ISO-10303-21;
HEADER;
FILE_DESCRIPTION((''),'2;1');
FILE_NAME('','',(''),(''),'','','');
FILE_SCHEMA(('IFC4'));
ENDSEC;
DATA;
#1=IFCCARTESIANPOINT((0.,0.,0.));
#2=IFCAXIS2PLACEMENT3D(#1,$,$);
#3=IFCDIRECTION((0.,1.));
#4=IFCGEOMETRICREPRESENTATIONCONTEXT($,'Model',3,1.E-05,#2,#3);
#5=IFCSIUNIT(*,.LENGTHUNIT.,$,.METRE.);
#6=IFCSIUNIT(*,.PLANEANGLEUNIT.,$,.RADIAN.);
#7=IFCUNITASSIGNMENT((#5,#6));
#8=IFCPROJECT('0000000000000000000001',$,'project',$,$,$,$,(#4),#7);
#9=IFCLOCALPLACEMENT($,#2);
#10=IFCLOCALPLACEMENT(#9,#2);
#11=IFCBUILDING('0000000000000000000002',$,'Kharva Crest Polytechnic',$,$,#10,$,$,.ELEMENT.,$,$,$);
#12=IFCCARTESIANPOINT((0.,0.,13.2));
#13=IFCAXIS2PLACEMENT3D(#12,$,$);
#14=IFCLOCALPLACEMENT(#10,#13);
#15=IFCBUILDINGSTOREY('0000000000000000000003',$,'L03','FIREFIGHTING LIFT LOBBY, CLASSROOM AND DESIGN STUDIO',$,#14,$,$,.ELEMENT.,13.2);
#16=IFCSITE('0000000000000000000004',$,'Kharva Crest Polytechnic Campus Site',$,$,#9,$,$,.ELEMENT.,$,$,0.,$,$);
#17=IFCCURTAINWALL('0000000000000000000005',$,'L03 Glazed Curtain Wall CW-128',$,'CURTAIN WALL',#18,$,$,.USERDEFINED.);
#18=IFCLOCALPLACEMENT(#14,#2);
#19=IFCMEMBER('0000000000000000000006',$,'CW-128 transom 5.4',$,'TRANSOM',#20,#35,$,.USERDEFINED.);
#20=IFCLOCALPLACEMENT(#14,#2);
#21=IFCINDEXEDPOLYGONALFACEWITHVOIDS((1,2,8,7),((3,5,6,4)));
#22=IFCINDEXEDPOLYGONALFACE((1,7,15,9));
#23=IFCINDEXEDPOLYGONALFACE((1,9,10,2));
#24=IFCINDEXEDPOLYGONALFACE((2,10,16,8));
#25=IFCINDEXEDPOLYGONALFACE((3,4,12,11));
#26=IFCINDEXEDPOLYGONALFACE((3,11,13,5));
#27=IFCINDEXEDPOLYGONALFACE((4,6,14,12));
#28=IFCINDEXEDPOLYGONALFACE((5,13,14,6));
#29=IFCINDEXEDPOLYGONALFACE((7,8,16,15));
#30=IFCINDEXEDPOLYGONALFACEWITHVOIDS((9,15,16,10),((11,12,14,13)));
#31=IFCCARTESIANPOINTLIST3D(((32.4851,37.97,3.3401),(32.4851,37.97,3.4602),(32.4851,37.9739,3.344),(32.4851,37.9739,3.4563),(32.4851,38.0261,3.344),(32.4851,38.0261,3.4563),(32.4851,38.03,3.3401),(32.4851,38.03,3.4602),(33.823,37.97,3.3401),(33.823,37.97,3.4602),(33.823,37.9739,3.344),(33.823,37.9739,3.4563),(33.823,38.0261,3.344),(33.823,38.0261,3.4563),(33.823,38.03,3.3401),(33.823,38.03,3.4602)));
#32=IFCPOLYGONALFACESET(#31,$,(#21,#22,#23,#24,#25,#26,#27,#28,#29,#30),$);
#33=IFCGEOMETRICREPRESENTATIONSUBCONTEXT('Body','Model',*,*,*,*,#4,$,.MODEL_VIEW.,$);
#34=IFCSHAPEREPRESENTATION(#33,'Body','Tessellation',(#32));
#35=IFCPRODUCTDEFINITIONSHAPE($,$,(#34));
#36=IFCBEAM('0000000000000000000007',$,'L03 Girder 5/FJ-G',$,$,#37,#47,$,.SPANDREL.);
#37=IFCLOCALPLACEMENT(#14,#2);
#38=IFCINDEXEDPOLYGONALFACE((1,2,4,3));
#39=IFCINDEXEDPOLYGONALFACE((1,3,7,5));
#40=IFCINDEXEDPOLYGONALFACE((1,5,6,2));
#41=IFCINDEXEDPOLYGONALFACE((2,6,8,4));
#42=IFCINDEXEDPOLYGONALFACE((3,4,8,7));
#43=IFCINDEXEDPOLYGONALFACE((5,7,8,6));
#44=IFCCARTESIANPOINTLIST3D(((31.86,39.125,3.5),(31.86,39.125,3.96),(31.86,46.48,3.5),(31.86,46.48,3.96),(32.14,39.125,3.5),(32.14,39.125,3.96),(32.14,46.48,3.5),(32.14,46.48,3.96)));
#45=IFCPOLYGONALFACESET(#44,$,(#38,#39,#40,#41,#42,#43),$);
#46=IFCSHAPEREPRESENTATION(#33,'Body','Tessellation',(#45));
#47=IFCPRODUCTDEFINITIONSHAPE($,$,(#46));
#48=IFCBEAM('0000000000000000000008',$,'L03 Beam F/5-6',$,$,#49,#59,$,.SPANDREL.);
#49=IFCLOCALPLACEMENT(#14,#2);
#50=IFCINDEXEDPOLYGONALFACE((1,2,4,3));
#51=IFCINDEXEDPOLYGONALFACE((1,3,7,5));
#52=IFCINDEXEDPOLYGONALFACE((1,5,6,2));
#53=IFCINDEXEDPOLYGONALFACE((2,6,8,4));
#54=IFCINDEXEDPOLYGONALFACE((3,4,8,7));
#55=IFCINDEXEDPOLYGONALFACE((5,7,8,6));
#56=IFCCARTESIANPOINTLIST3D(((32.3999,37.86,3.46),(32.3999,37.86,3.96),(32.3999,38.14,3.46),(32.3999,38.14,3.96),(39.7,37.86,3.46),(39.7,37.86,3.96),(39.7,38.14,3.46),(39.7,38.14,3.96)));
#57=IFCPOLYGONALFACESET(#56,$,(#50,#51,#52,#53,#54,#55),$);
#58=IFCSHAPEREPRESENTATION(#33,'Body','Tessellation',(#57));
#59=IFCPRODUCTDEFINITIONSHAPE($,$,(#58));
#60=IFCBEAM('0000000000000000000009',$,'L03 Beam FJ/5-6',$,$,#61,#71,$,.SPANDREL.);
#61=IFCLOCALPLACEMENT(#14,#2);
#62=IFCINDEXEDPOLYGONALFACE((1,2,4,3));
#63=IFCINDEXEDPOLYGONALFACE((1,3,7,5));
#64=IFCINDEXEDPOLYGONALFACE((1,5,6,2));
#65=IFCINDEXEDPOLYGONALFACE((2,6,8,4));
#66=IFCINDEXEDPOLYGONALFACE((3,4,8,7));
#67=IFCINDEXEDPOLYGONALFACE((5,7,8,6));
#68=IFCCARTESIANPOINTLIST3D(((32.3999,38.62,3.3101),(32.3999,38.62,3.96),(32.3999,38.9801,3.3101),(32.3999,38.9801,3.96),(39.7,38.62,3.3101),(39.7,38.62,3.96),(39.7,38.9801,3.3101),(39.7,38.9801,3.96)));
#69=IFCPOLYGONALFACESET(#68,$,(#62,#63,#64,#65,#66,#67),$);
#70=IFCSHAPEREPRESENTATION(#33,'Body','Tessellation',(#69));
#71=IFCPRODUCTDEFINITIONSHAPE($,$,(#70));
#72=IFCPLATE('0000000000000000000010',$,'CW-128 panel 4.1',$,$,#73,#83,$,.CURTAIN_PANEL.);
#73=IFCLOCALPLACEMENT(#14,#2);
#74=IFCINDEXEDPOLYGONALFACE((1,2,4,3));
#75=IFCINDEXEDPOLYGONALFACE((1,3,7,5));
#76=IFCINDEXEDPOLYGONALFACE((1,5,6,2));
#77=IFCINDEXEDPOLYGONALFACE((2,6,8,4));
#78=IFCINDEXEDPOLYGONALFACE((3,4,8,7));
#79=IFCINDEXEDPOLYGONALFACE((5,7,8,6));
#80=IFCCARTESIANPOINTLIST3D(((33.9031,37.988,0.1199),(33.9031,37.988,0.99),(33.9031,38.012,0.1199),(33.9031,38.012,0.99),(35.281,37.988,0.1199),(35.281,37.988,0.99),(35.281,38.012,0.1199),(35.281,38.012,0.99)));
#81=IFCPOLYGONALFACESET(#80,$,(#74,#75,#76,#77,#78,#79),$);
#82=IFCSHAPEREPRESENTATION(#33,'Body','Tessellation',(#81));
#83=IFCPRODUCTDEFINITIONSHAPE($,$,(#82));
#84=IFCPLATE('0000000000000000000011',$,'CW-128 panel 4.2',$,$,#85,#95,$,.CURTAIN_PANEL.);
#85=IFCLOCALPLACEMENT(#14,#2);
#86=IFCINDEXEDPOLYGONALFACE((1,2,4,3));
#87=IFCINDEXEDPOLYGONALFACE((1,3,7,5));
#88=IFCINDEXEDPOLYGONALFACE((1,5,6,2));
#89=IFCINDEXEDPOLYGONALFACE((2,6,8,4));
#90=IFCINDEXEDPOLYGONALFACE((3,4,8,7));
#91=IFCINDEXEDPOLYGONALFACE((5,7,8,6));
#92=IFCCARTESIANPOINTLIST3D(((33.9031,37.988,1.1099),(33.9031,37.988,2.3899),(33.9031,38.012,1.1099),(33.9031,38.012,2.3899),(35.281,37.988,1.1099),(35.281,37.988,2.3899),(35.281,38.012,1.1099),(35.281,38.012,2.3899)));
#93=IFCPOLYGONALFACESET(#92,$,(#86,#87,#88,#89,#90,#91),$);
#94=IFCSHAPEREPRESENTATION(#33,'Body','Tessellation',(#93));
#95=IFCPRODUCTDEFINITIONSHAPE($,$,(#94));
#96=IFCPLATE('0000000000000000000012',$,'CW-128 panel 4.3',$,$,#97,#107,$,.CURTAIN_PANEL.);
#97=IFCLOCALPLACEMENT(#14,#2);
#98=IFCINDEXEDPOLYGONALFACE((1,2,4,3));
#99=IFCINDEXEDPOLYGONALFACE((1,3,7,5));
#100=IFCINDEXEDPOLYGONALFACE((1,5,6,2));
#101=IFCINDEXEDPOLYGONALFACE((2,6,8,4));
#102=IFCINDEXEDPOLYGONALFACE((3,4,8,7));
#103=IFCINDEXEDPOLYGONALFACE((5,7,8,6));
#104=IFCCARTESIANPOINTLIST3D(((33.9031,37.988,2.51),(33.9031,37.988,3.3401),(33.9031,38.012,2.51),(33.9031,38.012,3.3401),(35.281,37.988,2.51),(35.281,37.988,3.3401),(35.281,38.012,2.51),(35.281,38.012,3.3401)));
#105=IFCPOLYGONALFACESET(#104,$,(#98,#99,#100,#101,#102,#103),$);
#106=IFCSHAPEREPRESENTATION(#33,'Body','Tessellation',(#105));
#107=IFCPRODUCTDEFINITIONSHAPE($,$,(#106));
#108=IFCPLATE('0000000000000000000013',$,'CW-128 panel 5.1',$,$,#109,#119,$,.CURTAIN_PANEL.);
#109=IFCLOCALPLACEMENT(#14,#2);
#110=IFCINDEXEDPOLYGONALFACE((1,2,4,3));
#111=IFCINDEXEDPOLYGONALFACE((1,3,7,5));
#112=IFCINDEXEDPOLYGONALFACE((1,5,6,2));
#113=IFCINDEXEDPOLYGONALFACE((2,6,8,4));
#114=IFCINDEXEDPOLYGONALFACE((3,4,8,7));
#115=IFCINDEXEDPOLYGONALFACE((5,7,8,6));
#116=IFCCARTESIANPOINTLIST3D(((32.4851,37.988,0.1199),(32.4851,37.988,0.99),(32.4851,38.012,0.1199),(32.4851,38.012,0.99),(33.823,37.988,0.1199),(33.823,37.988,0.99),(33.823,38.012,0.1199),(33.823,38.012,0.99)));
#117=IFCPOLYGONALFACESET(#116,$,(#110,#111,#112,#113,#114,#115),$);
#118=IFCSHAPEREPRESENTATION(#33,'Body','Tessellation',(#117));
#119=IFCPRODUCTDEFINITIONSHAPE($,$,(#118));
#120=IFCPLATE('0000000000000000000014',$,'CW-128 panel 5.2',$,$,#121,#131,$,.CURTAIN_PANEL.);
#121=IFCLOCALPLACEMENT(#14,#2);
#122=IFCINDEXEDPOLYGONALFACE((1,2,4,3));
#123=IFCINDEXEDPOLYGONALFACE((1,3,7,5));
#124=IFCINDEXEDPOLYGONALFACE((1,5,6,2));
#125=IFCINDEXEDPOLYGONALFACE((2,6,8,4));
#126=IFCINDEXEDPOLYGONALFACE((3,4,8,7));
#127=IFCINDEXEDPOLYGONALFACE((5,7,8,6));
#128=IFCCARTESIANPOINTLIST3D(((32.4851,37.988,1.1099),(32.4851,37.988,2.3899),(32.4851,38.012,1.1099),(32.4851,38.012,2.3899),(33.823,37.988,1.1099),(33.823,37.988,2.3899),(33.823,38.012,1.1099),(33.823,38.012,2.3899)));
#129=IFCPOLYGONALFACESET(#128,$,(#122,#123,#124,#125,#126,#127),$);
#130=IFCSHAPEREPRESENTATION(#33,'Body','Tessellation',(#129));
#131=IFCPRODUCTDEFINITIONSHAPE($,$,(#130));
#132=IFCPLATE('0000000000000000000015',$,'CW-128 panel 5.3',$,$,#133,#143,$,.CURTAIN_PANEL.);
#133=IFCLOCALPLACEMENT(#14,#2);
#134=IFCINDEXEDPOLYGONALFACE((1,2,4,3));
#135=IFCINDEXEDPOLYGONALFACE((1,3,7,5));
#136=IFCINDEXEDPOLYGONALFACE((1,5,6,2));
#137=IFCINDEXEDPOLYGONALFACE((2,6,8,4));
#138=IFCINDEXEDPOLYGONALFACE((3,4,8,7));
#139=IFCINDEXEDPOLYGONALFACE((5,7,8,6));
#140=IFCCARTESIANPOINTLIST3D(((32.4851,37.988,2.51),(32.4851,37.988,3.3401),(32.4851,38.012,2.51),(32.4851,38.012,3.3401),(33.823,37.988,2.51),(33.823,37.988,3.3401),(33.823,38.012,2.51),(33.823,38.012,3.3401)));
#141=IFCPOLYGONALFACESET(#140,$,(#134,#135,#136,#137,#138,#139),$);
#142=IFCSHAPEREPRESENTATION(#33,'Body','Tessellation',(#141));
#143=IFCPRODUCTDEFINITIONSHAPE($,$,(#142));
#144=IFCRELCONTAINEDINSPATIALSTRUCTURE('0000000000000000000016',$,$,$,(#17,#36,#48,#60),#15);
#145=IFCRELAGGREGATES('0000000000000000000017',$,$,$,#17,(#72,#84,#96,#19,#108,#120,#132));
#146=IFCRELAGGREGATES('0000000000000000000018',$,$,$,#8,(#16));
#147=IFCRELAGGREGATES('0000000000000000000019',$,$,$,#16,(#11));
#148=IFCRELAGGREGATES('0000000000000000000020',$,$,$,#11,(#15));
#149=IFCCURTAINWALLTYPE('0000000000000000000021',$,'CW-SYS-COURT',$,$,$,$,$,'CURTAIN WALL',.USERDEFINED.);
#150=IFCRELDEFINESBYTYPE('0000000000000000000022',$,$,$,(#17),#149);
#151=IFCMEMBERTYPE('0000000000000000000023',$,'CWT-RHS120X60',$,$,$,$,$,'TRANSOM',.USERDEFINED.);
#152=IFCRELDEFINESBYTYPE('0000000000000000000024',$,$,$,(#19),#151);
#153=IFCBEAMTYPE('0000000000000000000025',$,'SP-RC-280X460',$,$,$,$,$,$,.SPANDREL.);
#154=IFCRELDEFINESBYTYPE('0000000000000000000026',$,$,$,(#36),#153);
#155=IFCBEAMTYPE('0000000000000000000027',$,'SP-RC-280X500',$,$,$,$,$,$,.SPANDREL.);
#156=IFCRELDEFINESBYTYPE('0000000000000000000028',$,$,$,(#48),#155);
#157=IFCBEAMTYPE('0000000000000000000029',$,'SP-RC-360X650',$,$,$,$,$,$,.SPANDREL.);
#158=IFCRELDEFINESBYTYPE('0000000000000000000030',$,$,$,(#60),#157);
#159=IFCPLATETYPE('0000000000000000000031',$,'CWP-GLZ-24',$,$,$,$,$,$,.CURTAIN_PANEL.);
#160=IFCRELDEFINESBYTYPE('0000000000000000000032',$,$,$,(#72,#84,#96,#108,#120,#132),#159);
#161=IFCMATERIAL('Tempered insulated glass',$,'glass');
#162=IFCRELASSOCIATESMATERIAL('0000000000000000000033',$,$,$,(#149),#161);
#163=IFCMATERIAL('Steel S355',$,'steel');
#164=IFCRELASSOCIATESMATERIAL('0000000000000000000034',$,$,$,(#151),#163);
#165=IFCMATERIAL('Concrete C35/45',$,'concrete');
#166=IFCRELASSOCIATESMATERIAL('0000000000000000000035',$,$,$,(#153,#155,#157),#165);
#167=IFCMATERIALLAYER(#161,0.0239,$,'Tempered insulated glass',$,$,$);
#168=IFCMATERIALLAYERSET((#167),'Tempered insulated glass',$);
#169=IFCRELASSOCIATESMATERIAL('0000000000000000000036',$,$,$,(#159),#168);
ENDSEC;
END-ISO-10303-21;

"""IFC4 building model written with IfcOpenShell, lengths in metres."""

from ifc_helpers import new_model, si_unit, direction, frame, origin, origin_2d, place, context, subcontext, project, spatial, rectangle, hollow_rectangle, extrude, material, layer, layer_set, material_profile, profile_set, type_object, element, aggregate, save


model = new_model("IFC4")

# Units and contexts
model_context = context("Model", 3, precision=1e-05, world=origin(), true_north=direction((0.0, 1.0)))
body_context = subcontext(model_context, "Body", "Model", "MODEL_VIEW")
ifc_project = project(units=[si_unit("LENGTHUNIT", "METRE"), si_unit("PLANEANGLEUNIT", "RADIAN")], contexts=[model_context])

# Site, building, storey
site_placement = place(None, origin())
site = spatial("IfcSite", under=ifc_project, at=site_placement, Name="Kharva Crest Polytechnic Campus Site", CompositionType="ELEMENT", RefElevation=0.0)
building_placement = place(site_placement, origin())
building = spatial("IfcBuilding", under=site, at=building_placement, Name="Kharva Crest Polytechnic", CompositionType="ELEMENT")
storey_placement = place(building_placement, frame((0.0, 0.0, 13.2)))
storey = spatial("IfcBuildingStorey", under=building, at=storey_placement, Name="L03", Description="FIREFIGHTING LIFT LOBBY, CLASSROOM AND DESIGN STUDIO", CompositionType="ELEMENT", Elevation=13.2)

# Curtain wall
ifc_material_1 = material(Name="Tempered insulated glass", Category="glass")
curtain_wall_type = type_object("IfcCurtainWallType", Name="CW-SYS-COURT", ElementType="CURTAIN WALL", PredefinedType="USERDEFINED", material=ifc_material_1)
curtain_wall_1_placement = place(storey_placement, origin())
curtain_wall_1 = element("IfcCurtainWall", 1, at=curtain_wall_1_placement, inside=storey, type_object=curtain_wall_type, Name="L03 Glazed Curtain Wall CW-128", ObjectType="CURTAIN WALL", PredefinedType="USERDEFINED")
ifc_material_2 = material(Name="Steel S355", Category="steel")

# Member
ifc_material_profile_1 = material_profile(ifc_material_2, hollow_rectangle(XDim=0.0601, YDim=0.1201, WallThickness=0.0039, at=origin_2d()), Name="RHS 120X60X4.0")
ifc_profile_set_1 = profile_set([ifc_material_profile_1], Name="Steel S355")
member_type_1 = type_object("IfcMemberType", Name="CWT-RHS120X60", ElementType="TRANSOM", PredefinedType="USERDEFINED", material=ifc_profile_set_1)
member_1_placement = place(storey_placement, frame((33.823, 38.0, 3.4001), z_axis=(-1.0, 0.0, 0.0), x_axis=(0.0, -1.0, 0.0)))
member_1 = element("IfcMember", 2, at=member_1_placement, type_object=member_type_1, Name="CW-128 transom 5.4", ObjectType="TRANSOM", PredefinedType="USERDEFINED", context=body_context, shape_type="SweptSolid", body=[
    extrude(hollow_rectangle(XDim=0.0601, YDim=0.1201, WallThickness=0.0039, at=origin_2d()), origin(), (0.0, 0.0, 1.0), 1.3379),
])

# Beams
ifc_material_3 = material(Name="Concrete C35/45", Category="concrete")
ifc_material_profile_2 = material_profile(ifc_material_3, rectangle(XDim=0.28, YDim=0.46, at=origin_2d()), Name="RECT 280 X 460")
ifc_profile_set_2 = profile_set([ifc_material_profile_2], Name="Concrete C35/45")
beam_type_1 = type_object("IfcBeamType", Name="SP-RC-280X460", PredefinedType="SPANDREL", material=ifc_profile_set_2)
beam_1_placement = place(storey_placement, frame((32.0, 39.125, 3.73), z_axis=(0.0, 1.0, 0.0), x_axis=(-1.0, 0.0, 0.0)))
element("IfcBeam", 3, at=beam_1_placement, inside=storey, type_object=beam_type_1, Name="L03 Girder 5/FJ-G", PredefinedType="SPANDREL", context=body_context, shape_type="SweptSolid", body=[
    extrude(rectangle(XDim=0.28, YDim=0.46, at=origin_2d()), origin(), (0.0, 0.0, 1.0), 7.355),
])
ifc_material_profile_3 = material_profile(ifc_material_3, rectangle(XDim=0.28, YDim=0.5, at=origin_2d()), Name="RECT 280 X 500")
ifc_profile_set_3 = profile_set([ifc_material_profile_3], Name="Concrete C35/45")
beam_type_2 = type_object("IfcBeamType", Name="SP-RC-280X500", PredefinedType="SPANDREL", material=ifc_profile_set_3)
beam_2_placement = place(storey_placement, frame((32.3999, 38.0, 3.71), z_axis=(1.0, 0.0, 0.0), x_axis=(0.0, 1.0, 0.0)))
element("IfcBeam", 4, at=beam_2_placement, inside=storey, type_object=beam_type_2, Name="L03 Beam F/5-6", PredefinedType="SPANDREL", context=body_context, shape_type="SweptSolid", body=[
    extrude(rectangle(XDim=0.28, YDim=0.5, at=origin_2d()), origin(), (0.0, 0.0, 1.0), 7.3),
])
ifc_material_profile_4 = material_profile(ifc_material_3, rectangle(XDim=0.3601, YDim=0.6499, at=origin_2d()), Name="RECT 360 X 650")
ifc_profile_set_4 = profile_set([ifc_material_profile_4], Name="Concrete C35/45")
beam_type_3 = type_object("IfcBeamType", Name="SP-RC-360X650", PredefinedType="SPANDREL", material=ifc_profile_set_4)
beam_3_placement = place(storey_placement, frame((32.3999, 38.8, 3.635), z_axis=(1.0, 0.0, 0.0), x_axis=(0.0, 1.0, 0.0)))
element("IfcBeam", 5, at=beam_3_placement, inside=storey, type_object=beam_type_3, Name="L03 Beam FJ/5-6", PredefinedType="SPANDREL", context=body_context, shape_type="SweptSolid", body=[
    extrude(rectangle(XDim=0.3601, YDim=0.6499, at=origin_2d()), origin(), (0.0, 0.0, 1.0), 7.3),
])

# Plates
ifc_layer_1 = layer(ifc_material_1, 0.0239, Name="Tempered insulated glass")
ifc_layer_set_1 = layer_set([ifc_layer_1], Name="Tempered insulated glass")
plate_type = type_object("IfcPlateType", Name="CWP-GLZ-24", PredefinedType="CURTAIN_PANEL", material=ifc_layer_set_1)
plate_1_placement = place(storey_placement, frame((34.592, 38.0, 0.1199), z_axis=(0.0, 0.0, 1.0), x_axis=(-1.0, 0.0, 0.0)))
plate_1 = element("IfcPlate", 6, at=plate_1_placement, type_object=plate_type, Name="CW-128 panel 4.1", PredefinedType="CURTAIN_PANEL", context=body_context, shape_type="SweptSolid", body=[
    extrude(rectangle(XDim=1.3779, YDim=0.0239, at=origin_2d()), origin(), (0.0, 0.0, 1.0), 0.8701),
])
plate_2_placement = place(storey_placement, frame((34.592, 38.0, 1.1099), z_axis=(0.0, 0.0, 1.0), x_axis=(-1.0, 0.0, 0.0)))
plate_2 = element("IfcPlate", 7, at=plate_2_placement, type_object=plate_type, Name="CW-128 panel 4.2", PredefinedType="CURTAIN_PANEL", context=body_context, shape_type="SweptSolid", body=[
    extrude(rectangle(XDim=1.3779, YDim=0.0239, at=origin_2d()), origin(), (0.0, 0.0, 1.0), 1.28),
])
plate_3_placement = place(storey_placement, frame((34.592, 38.0, 2.51), z_axis=(0.0, 0.0, 1.0), x_axis=(-1.0, 0.0, 0.0)))
plate_3 = element("IfcPlate", 8, at=plate_3_placement, type_object=plate_type, Name="CW-128 panel 4.3", PredefinedType="CURTAIN_PANEL", context=body_context, shape_type="SweptSolid", body=[
    extrude(rectangle(XDim=1.3779, YDim=0.0239, at=origin_2d()), origin(), (0.0, 0.0, 1.0), 0.8301),
])
plate_4_placement = place(storey_placement, frame((33.1541, 38.0, 0.1199), z_axis=(0.0, 0.0, 1.0), x_axis=(-1.0, 0.0, 0.0)))
plate_4 = element("IfcPlate", 9, at=plate_4_placement, type_object=plate_type, Name="CW-128 panel 5.1", PredefinedType="CURTAIN_PANEL", context=body_context, shape_type="SweptSolid", body=[
    extrude(rectangle(XDim=1.3379, YDim=0.0239, at=origin_2d()), origin(), (0.0, 0.0, 1.0), 0.8701),
])
plate_5_placement = place(storey_placement, frame((33.1541, 38.0, 1.1099), z_axis=(0.0, 0.0, 1.0), x_axis=(-1.0, 0.0, 0.0)))
plate_5 = element("IfcPlate", 10, at=plate_5_placement, type_object=plate_type, Name="CW-128 panel 5.2", PredefinedType="CURTAIN_PANEL", context=body_context, shape_type="SweptSolid", body=[
    extrude(rectangle(XDim=1.3379, YDim=0.0239, at=origin_2d()), origin(), (0.0, 0.0, 1.0), 1.28),
])
plate_6_placement = place(storey_placement, frame((33.1541, 38.0, 2.51), z_axis=(0.0, 0.0, 1.0), x_axis=(-1.0, 0.0, 0.0)))
plate_6 = element("IfcPlate", 11, at=plate_6_placement, type_object=plate_type, Name="CW-128 panel 5.3", PredefinedType="CURTAIN_PANEL", context=body_context, shape_type="SweptSolid", body=[
    extrude(rectangle(XDim=1.3379, YDim=0.0239, at=origin_2d()), origin(), (0.0, 0.0, 1.0), 0.8301),
])
aggregate(curtain_wall_1, [plate_1, plate_2, plate_3, member_1, plate_4, plate_5, plate_6])

save(model, "model.ifc")
